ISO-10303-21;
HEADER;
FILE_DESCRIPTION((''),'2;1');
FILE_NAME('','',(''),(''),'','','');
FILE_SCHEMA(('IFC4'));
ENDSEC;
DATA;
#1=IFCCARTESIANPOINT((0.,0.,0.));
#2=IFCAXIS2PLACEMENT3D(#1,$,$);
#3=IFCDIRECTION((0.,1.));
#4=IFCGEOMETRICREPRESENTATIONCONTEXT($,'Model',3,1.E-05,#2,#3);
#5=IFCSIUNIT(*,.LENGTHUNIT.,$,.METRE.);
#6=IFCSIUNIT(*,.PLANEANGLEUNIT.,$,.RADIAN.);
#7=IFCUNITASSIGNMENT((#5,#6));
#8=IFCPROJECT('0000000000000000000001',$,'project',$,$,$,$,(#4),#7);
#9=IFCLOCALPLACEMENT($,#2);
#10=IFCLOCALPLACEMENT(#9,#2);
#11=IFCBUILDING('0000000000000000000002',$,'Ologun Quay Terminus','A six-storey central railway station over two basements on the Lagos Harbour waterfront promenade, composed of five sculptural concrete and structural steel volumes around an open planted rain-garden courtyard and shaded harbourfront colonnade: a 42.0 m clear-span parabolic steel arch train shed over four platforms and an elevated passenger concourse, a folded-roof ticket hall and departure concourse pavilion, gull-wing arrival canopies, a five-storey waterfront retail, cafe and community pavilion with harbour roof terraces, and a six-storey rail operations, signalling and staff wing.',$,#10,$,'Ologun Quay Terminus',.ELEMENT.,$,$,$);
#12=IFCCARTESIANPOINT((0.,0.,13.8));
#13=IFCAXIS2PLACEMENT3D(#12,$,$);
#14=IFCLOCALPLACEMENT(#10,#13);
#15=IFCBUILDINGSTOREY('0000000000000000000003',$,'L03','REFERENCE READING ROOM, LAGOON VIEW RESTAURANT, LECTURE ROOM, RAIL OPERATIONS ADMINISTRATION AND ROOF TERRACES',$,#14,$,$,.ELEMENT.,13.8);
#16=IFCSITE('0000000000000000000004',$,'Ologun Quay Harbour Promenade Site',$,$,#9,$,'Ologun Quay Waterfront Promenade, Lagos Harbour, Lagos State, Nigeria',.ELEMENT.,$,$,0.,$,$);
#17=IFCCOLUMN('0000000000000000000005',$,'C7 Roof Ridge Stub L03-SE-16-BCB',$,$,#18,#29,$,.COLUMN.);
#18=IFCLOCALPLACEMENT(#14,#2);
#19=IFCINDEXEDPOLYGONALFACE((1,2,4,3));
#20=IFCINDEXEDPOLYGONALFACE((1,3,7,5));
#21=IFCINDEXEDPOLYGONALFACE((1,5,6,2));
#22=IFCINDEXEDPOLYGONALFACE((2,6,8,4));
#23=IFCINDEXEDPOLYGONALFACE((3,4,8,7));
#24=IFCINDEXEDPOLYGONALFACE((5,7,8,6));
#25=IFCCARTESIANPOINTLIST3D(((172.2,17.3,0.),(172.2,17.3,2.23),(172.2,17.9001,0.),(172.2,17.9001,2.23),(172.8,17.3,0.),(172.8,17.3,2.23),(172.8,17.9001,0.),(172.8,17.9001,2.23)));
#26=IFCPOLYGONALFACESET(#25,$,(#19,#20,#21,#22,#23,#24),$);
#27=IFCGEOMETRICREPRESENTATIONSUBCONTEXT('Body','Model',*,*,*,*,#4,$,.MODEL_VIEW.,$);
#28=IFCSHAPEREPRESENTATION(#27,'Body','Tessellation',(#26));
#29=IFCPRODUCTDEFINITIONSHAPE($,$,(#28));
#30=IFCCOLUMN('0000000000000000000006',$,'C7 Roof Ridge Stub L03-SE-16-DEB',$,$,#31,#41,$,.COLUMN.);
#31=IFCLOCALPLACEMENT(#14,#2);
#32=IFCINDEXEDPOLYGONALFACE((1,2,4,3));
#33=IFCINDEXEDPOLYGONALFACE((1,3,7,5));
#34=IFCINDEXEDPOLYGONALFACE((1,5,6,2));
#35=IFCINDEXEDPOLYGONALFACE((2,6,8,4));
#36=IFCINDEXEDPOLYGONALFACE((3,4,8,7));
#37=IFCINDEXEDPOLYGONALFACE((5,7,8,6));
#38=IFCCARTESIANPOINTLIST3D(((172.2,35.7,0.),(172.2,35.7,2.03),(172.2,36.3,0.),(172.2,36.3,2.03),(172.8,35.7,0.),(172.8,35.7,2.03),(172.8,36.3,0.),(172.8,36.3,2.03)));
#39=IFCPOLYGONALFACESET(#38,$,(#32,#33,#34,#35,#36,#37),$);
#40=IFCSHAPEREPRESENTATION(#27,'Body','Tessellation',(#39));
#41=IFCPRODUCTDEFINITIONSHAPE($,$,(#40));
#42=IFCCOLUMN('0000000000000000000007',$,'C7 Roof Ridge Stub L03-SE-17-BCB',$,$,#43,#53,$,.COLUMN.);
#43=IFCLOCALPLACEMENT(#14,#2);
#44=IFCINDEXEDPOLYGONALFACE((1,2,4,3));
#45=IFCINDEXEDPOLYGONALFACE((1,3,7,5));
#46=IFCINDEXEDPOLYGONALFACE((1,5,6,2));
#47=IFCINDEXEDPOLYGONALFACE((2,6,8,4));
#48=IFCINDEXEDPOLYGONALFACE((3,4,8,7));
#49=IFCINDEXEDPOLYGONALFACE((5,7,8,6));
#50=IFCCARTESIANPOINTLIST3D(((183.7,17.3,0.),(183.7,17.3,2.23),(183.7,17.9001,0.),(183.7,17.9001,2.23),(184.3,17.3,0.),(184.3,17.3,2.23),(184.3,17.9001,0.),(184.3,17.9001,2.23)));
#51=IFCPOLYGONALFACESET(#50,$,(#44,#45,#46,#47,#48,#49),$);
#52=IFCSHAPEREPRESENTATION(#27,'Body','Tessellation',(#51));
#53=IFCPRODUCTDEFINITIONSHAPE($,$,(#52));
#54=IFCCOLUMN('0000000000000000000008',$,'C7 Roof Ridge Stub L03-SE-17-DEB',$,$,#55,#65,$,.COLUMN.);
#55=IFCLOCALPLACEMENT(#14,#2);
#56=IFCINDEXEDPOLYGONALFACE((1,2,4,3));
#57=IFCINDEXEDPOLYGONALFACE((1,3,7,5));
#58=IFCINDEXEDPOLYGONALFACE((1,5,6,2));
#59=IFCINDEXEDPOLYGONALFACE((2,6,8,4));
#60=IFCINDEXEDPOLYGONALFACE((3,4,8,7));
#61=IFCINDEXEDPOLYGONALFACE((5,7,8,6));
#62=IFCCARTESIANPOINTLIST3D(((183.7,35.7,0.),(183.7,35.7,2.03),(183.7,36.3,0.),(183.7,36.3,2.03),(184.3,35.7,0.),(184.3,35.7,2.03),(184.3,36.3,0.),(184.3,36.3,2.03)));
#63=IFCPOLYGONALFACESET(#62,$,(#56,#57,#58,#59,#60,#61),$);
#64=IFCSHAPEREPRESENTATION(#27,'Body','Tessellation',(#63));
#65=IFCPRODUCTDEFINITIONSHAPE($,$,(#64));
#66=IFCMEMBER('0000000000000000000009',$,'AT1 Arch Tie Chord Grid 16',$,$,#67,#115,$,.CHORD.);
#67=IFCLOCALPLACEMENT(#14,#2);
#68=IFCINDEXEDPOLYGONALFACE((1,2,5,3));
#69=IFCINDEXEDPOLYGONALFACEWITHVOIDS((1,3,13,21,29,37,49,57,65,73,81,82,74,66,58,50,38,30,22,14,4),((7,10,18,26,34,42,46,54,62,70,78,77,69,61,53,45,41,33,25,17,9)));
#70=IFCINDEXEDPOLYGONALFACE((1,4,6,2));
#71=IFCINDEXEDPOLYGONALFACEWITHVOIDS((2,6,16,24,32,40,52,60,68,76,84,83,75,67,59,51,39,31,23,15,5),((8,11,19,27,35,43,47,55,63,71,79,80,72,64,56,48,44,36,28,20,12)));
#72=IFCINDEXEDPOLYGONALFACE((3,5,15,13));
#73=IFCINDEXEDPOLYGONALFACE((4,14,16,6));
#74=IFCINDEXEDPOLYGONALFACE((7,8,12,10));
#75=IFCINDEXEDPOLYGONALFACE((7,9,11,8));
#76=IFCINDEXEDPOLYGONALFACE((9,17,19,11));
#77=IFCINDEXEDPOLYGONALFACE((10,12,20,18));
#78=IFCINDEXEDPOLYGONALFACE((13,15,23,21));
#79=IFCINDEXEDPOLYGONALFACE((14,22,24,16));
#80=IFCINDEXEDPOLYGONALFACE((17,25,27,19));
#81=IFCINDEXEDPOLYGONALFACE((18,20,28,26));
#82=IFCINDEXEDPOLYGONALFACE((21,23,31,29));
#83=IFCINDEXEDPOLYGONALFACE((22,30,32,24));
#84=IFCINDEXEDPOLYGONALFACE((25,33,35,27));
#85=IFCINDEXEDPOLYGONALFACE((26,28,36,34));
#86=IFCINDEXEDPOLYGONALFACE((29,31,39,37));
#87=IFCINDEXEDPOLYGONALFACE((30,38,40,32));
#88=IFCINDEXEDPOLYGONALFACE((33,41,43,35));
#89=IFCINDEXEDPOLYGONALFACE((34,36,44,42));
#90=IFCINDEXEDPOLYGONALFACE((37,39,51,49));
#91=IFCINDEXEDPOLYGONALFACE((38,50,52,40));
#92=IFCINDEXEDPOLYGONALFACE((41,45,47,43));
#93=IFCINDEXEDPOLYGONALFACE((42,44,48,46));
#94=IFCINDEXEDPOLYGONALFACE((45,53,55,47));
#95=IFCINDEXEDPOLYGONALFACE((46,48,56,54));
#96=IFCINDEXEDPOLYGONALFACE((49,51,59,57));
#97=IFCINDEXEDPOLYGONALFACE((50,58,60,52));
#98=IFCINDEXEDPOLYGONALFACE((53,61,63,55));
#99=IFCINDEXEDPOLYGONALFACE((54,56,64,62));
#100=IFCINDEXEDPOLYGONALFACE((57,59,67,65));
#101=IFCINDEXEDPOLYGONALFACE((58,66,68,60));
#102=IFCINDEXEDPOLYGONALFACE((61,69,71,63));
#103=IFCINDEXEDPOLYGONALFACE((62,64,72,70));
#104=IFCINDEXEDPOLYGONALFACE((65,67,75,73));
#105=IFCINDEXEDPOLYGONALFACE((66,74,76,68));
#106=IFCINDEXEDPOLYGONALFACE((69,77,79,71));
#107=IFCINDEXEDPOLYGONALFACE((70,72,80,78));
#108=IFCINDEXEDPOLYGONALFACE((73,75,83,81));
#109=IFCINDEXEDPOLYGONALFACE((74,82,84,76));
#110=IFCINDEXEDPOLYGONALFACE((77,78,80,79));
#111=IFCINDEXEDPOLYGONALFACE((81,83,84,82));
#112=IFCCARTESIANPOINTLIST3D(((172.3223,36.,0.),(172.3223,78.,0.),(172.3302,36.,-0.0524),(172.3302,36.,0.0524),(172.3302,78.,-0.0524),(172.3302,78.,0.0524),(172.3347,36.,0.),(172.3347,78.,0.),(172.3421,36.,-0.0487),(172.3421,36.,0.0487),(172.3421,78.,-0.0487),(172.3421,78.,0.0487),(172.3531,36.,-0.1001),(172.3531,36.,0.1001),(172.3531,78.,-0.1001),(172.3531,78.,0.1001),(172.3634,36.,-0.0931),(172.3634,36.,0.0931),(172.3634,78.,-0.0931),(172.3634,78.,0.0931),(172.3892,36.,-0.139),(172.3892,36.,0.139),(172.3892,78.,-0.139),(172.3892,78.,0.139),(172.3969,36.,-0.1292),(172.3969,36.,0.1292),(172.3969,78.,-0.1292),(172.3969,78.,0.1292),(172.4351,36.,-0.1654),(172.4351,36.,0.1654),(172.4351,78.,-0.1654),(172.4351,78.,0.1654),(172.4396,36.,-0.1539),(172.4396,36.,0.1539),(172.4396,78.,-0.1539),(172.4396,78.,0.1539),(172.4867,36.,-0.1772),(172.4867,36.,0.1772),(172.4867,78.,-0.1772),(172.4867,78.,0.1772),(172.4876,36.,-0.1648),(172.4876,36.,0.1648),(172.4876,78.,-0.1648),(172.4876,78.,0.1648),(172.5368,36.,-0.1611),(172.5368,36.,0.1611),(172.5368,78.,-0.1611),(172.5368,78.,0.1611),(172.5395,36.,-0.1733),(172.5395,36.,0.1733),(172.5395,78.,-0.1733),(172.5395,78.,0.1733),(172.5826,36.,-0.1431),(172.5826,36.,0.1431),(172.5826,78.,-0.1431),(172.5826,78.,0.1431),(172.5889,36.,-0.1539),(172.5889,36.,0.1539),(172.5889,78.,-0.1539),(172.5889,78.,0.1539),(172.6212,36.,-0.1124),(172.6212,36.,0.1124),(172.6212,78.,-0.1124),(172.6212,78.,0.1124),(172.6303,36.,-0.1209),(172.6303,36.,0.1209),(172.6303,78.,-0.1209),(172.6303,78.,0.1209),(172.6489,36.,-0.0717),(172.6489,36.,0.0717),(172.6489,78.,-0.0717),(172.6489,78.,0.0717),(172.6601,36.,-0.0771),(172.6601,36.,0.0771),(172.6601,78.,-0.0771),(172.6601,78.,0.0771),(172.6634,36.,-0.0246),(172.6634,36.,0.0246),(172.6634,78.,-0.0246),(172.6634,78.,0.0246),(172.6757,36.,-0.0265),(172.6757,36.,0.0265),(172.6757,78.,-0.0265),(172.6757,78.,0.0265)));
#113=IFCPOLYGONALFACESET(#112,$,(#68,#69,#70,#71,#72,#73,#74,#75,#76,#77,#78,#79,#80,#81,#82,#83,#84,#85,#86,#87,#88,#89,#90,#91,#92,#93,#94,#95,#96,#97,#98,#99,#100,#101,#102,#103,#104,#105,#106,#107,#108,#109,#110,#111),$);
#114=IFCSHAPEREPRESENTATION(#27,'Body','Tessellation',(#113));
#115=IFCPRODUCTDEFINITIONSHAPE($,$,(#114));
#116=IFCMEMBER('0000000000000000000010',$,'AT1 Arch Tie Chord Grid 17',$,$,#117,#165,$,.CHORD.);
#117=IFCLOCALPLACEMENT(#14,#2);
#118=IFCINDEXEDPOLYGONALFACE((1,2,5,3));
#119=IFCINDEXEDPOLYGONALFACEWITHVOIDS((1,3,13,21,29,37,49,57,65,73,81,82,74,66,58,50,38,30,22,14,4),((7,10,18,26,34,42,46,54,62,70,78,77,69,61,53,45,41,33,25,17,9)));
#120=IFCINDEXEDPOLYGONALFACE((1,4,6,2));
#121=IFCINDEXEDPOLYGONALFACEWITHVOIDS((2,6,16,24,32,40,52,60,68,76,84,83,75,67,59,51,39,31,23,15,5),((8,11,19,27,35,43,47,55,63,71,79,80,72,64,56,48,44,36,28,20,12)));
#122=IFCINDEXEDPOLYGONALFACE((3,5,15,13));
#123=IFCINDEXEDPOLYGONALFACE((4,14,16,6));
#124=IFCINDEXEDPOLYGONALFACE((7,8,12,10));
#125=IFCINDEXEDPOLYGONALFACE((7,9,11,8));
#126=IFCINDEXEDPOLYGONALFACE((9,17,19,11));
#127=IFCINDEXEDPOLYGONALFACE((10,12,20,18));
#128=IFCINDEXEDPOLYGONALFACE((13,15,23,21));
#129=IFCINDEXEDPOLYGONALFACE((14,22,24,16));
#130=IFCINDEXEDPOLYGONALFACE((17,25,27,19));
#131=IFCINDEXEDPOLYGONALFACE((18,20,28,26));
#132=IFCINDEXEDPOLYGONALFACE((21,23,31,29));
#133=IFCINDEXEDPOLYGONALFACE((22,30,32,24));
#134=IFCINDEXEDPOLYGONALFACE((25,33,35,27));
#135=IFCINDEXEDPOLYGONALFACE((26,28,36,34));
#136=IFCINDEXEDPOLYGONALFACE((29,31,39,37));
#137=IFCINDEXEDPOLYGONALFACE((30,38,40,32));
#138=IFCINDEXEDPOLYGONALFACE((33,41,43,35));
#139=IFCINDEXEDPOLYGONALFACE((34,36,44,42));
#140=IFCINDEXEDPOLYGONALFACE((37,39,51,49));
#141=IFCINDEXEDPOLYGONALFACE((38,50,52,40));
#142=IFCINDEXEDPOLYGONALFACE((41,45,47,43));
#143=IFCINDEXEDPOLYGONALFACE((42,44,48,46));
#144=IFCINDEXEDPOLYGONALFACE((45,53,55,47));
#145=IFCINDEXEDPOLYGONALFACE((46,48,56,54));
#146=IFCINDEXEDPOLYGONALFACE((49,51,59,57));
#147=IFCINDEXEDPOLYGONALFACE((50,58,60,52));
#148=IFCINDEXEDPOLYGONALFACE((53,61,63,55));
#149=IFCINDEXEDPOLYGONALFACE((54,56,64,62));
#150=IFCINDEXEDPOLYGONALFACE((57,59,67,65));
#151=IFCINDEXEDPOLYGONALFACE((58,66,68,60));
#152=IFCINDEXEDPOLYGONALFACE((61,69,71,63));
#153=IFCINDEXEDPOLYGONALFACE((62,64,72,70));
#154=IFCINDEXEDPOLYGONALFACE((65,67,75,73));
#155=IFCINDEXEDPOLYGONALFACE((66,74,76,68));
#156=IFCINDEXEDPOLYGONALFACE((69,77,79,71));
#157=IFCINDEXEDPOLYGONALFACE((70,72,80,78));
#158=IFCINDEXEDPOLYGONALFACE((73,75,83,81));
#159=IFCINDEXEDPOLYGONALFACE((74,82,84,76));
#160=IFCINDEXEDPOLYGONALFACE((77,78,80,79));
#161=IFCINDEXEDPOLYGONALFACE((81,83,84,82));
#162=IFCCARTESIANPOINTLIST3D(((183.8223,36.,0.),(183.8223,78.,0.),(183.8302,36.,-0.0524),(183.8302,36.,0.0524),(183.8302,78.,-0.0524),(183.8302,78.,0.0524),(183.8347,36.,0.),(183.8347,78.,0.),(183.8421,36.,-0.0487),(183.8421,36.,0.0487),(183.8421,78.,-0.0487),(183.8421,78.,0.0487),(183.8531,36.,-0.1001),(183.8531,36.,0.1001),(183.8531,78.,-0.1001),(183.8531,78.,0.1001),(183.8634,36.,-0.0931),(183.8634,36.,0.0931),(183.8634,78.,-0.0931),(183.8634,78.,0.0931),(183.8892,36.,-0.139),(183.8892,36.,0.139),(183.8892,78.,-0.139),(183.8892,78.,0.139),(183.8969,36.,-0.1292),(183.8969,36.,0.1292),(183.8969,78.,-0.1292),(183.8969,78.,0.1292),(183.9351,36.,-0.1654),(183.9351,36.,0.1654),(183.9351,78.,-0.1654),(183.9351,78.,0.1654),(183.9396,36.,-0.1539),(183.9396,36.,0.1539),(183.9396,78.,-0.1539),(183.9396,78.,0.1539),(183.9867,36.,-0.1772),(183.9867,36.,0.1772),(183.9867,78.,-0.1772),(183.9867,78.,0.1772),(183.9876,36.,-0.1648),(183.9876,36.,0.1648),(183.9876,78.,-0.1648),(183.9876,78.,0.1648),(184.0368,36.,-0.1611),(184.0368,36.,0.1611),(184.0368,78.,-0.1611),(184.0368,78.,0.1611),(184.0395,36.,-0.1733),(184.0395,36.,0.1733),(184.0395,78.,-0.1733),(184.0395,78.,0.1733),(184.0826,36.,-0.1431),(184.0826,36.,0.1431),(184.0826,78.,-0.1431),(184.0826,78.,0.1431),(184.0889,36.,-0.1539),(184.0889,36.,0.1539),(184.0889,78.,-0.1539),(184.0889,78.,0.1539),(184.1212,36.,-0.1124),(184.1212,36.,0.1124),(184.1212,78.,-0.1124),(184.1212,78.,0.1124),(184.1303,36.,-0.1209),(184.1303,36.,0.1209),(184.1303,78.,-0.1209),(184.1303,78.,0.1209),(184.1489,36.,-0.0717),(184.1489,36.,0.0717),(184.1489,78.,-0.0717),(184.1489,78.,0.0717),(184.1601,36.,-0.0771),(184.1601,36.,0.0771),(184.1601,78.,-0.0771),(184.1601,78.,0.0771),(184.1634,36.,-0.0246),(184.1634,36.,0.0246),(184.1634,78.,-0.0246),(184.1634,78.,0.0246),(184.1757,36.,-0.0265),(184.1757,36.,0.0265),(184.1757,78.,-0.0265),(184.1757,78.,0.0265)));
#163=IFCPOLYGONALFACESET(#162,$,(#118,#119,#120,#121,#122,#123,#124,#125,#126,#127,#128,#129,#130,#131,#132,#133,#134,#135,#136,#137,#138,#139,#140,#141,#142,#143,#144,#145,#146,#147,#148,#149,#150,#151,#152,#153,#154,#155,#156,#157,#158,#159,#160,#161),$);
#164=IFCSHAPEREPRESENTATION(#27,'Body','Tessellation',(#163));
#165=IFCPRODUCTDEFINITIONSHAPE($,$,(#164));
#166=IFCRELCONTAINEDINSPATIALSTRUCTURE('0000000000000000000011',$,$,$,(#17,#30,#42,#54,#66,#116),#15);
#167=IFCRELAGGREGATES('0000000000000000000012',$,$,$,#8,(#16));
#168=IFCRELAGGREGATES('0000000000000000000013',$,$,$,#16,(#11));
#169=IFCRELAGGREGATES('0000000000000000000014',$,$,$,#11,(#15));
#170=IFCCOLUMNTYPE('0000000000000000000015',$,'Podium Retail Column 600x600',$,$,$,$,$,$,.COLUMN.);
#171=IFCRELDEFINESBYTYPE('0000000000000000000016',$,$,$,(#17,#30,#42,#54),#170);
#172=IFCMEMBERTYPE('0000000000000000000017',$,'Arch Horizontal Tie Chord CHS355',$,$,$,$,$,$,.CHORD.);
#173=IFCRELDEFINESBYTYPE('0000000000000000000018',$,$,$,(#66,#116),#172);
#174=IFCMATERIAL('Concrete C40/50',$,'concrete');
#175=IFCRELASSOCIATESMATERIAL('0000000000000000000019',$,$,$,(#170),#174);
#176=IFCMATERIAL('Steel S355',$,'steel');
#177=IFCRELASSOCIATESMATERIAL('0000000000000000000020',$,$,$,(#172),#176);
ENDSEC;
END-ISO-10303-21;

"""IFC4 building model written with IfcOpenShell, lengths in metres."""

from ifc_helpers import new_model, si_unit, direction, frame, origin, origin_2d, place, context, subcontext, project, spatial, rectangle, hollow_circle, extrude, material, material_profile, profile_set, type_object, element, save


model = new_model("IFC4")

# Units and contexts
model_context = context("Model", 3, precision=1e-05, world=origin(), true_north=direction((0.0, 1.0)))
body_context = subcontext(model_context, "Body", "Model", "MODEL_VIEW")
ifc_project = project(units=[si_unit("LENGTHUNIT", "METRE"), si_unit("PLANEANGLEUNIT", "RADIAN")], contexts=[model_context])

# Site, building, storey
site_placement = place(None, origin())
site = spatial("IfcSite", under=ifc_project, at=site_placement, Name="Ologun Quay Harbour Promenade Site", LongName="Ologun Quay Waterfront Promenade, Lagos Harbour, Lagos State, Nigeria", CompositionType="ELEMENT", RefElevation=0.0)
building_placement = place(site_placement, origin())
building = spatial("IfcBuilding", under=site, at=building_placement, Name="Ologun Quay Terminus", Description="A six-storey central railway station over two basements on the Lagos Harbour waterfront promenade, composed of five sculptural concrete and structural steel volumes around an open planted rain-garden courtyard and shaded harbourfront colonnade: a 42.0 m clear-span parabolic steel arch train shed over four platforms and an elevated passenger concourse, a folded-roof ticket hall and departure concourse pavilion, gull-wing arrival canopies, a five-storey waterfront retail, cafe and community pavilion with harbour roof terraces, and a six-storey rail operations, signalling and staff wing.", LongName="Ologun Quay Terminus", CompositionType="ELEMENT")
storey_placement = place(building_placement, frame((0.0, 0.0, 13.8)))
storey = spatial("IfcBuildingStorey", under=building, at=storey_placement, Name="L03", Description="REFERENCE READING ROOM, LAGOON VIEW RESTAURANT, LECTURE ROOM, RAIL OPERATIONS ADMINISTRATION AND ROOF TERRACES", CompositionType="ELEMENT", Elevation=13.8)

# Columns
ifc_material_1 = material(Name="Concrete C40/50", Category="concrete")
ifc_material_profile_1 = material_profile(ifc_material_1, rectangle(XDim=0.6001, YDim=0.6001, at=origin_2d()), Name="RC 600x600")
ifc_profile_set_1 = profile_set([ifc_material_profile_1], Name="Concrete C40/50")
column_type = type_object("IfcColumnType", Name="Podium Retail Column 600x600", PredefinedType="COLUMN", material=ifc_profile_set_1)
column_1_placement = place(storey_placement, frame((172.5, 17.6001, 0.0), z_axis=(0.0, 0.0, 1.0), x_axis=(1.0, 0.0, 0.0)))
element("IfcColumn", 1, at=column_1_placement, inside=storey, type_object=column_type, Name="C7 Roof Ridge Stub L03-SE-16-BCB", PredefinedType="COLUMN", context=body_context, shape_type="SweptSolid", body=[
    extrude(rectangle(XDim=0.6001, YDim=0.6001, at=origin_2d()), origin(), (0.0, 0.0, 1.0), 2.23),
])
column_2_placement = place(storey_placement, frame((172.5, 36.0, 0.0), z_axis=(0.0, 0.0, 1.0), x_axis=(1.0, 0.0, 0.0)))
element("IfcColumn", 2, at=column_2_placement, inside=storey, type_object=column_type, Name="C7 Roof Ridge Stub L03-SE-16-DEB", PredefinedType="COLUMN", context=body_context, shape_type="SweptSolid", body=[
    extrude(rectangle(XDim=0.6001, YDim=0.6001, at=origin_2d()), origin(), (0.0, 0.0, 1.0), 2.03),
])
column_3_placement = place(storey_placement, frame((184.0, 17.6001, 0.0), z_axis=(0.0, 0.0, 1.0), x_axis=(1.0, 0.0, 0.0)))
element("IfcColumn", 3, at=column_3_placement, inside=storey, type_object=column_type, Name="C7 Roof Ridge Stub L03-SE-17-BCB", PredefinedType="COLUMN", context=body_context, shape_type="SweptSolid", body=[
    extrude(rectangle(XDim=0.6001, YDim=0.6001, at=origin_2d()), origin(), (0.0, 0.0, 1.0), 2.23),
])
column_4_placement = place(storey_placement, frame((184.0, 36.0, 0.0), z_axis=(0.0, 0.0, 1.0), x_axis=(1.0, 0.0, 0.0)))
element("IfcColumn", 4, at=column_4_placement, inside=storey, type_object=column_type, Name="C7 Roof Ridge Stub L03-SE-17-DEB", PredefinedType="COLUMN", context=body_context, shape_type="SweptSolid", body=[
    extrude(rectangle(XDim=0.6001, YDim=0.6001, at=origin_2d()), origin(), (0.0, 0.0, 1.0), 2.03),
])

# Members
ifc_material_2 = material(Name="Steel S355", Category="steel")
ifc_material_profile_2 = material_profile(ifc_material_2, hollow_circle(Radius=0.1777, WallThickness=0.0125, at=origin_2d()), Name="CHS 355.6x12.5")
ifc_profile_set_2 = profile_set([ifc_material_profile_2], Name="Steel S355")
member_type_1 = type_object("IfcMemberType", Name="Arch Horizontal Tie Chord CHS355", PredefinedType="CHORD", material=ifc_profile_set_2)
for number, where, z_axis, x_axis, name in (
    (5, (172.5, 36.0, 0.0), (0.0, 1.0, 0.0), (-1.0, 0.0, 0.0), "AT1 Arch Tie Chord Grid 16"),
    (6, (184.0, 36.0, 0.0), (0.0, 1.0, 0.0), (-1.0, 0.0, 0.0), "AT1 Arch Tie Chord Grid 17"),
):
    element("IfcMember", number, at=place(storey_placement, frame(where, z_axis=z_axis, x_axis=x_axis)), inside=storey, type_object=member_type_1, Name=name, PredefinedType="CHORD", context=body_context, shape_type="SweptSolid", body=[
        extrude(hollow_circle(Radius=0.1777, WallThickness=0.0125, at=origin_2d()), origin(), (0.0, 0.0, 1.0), 42.0),
    ])

save(model, "model.ifc")
